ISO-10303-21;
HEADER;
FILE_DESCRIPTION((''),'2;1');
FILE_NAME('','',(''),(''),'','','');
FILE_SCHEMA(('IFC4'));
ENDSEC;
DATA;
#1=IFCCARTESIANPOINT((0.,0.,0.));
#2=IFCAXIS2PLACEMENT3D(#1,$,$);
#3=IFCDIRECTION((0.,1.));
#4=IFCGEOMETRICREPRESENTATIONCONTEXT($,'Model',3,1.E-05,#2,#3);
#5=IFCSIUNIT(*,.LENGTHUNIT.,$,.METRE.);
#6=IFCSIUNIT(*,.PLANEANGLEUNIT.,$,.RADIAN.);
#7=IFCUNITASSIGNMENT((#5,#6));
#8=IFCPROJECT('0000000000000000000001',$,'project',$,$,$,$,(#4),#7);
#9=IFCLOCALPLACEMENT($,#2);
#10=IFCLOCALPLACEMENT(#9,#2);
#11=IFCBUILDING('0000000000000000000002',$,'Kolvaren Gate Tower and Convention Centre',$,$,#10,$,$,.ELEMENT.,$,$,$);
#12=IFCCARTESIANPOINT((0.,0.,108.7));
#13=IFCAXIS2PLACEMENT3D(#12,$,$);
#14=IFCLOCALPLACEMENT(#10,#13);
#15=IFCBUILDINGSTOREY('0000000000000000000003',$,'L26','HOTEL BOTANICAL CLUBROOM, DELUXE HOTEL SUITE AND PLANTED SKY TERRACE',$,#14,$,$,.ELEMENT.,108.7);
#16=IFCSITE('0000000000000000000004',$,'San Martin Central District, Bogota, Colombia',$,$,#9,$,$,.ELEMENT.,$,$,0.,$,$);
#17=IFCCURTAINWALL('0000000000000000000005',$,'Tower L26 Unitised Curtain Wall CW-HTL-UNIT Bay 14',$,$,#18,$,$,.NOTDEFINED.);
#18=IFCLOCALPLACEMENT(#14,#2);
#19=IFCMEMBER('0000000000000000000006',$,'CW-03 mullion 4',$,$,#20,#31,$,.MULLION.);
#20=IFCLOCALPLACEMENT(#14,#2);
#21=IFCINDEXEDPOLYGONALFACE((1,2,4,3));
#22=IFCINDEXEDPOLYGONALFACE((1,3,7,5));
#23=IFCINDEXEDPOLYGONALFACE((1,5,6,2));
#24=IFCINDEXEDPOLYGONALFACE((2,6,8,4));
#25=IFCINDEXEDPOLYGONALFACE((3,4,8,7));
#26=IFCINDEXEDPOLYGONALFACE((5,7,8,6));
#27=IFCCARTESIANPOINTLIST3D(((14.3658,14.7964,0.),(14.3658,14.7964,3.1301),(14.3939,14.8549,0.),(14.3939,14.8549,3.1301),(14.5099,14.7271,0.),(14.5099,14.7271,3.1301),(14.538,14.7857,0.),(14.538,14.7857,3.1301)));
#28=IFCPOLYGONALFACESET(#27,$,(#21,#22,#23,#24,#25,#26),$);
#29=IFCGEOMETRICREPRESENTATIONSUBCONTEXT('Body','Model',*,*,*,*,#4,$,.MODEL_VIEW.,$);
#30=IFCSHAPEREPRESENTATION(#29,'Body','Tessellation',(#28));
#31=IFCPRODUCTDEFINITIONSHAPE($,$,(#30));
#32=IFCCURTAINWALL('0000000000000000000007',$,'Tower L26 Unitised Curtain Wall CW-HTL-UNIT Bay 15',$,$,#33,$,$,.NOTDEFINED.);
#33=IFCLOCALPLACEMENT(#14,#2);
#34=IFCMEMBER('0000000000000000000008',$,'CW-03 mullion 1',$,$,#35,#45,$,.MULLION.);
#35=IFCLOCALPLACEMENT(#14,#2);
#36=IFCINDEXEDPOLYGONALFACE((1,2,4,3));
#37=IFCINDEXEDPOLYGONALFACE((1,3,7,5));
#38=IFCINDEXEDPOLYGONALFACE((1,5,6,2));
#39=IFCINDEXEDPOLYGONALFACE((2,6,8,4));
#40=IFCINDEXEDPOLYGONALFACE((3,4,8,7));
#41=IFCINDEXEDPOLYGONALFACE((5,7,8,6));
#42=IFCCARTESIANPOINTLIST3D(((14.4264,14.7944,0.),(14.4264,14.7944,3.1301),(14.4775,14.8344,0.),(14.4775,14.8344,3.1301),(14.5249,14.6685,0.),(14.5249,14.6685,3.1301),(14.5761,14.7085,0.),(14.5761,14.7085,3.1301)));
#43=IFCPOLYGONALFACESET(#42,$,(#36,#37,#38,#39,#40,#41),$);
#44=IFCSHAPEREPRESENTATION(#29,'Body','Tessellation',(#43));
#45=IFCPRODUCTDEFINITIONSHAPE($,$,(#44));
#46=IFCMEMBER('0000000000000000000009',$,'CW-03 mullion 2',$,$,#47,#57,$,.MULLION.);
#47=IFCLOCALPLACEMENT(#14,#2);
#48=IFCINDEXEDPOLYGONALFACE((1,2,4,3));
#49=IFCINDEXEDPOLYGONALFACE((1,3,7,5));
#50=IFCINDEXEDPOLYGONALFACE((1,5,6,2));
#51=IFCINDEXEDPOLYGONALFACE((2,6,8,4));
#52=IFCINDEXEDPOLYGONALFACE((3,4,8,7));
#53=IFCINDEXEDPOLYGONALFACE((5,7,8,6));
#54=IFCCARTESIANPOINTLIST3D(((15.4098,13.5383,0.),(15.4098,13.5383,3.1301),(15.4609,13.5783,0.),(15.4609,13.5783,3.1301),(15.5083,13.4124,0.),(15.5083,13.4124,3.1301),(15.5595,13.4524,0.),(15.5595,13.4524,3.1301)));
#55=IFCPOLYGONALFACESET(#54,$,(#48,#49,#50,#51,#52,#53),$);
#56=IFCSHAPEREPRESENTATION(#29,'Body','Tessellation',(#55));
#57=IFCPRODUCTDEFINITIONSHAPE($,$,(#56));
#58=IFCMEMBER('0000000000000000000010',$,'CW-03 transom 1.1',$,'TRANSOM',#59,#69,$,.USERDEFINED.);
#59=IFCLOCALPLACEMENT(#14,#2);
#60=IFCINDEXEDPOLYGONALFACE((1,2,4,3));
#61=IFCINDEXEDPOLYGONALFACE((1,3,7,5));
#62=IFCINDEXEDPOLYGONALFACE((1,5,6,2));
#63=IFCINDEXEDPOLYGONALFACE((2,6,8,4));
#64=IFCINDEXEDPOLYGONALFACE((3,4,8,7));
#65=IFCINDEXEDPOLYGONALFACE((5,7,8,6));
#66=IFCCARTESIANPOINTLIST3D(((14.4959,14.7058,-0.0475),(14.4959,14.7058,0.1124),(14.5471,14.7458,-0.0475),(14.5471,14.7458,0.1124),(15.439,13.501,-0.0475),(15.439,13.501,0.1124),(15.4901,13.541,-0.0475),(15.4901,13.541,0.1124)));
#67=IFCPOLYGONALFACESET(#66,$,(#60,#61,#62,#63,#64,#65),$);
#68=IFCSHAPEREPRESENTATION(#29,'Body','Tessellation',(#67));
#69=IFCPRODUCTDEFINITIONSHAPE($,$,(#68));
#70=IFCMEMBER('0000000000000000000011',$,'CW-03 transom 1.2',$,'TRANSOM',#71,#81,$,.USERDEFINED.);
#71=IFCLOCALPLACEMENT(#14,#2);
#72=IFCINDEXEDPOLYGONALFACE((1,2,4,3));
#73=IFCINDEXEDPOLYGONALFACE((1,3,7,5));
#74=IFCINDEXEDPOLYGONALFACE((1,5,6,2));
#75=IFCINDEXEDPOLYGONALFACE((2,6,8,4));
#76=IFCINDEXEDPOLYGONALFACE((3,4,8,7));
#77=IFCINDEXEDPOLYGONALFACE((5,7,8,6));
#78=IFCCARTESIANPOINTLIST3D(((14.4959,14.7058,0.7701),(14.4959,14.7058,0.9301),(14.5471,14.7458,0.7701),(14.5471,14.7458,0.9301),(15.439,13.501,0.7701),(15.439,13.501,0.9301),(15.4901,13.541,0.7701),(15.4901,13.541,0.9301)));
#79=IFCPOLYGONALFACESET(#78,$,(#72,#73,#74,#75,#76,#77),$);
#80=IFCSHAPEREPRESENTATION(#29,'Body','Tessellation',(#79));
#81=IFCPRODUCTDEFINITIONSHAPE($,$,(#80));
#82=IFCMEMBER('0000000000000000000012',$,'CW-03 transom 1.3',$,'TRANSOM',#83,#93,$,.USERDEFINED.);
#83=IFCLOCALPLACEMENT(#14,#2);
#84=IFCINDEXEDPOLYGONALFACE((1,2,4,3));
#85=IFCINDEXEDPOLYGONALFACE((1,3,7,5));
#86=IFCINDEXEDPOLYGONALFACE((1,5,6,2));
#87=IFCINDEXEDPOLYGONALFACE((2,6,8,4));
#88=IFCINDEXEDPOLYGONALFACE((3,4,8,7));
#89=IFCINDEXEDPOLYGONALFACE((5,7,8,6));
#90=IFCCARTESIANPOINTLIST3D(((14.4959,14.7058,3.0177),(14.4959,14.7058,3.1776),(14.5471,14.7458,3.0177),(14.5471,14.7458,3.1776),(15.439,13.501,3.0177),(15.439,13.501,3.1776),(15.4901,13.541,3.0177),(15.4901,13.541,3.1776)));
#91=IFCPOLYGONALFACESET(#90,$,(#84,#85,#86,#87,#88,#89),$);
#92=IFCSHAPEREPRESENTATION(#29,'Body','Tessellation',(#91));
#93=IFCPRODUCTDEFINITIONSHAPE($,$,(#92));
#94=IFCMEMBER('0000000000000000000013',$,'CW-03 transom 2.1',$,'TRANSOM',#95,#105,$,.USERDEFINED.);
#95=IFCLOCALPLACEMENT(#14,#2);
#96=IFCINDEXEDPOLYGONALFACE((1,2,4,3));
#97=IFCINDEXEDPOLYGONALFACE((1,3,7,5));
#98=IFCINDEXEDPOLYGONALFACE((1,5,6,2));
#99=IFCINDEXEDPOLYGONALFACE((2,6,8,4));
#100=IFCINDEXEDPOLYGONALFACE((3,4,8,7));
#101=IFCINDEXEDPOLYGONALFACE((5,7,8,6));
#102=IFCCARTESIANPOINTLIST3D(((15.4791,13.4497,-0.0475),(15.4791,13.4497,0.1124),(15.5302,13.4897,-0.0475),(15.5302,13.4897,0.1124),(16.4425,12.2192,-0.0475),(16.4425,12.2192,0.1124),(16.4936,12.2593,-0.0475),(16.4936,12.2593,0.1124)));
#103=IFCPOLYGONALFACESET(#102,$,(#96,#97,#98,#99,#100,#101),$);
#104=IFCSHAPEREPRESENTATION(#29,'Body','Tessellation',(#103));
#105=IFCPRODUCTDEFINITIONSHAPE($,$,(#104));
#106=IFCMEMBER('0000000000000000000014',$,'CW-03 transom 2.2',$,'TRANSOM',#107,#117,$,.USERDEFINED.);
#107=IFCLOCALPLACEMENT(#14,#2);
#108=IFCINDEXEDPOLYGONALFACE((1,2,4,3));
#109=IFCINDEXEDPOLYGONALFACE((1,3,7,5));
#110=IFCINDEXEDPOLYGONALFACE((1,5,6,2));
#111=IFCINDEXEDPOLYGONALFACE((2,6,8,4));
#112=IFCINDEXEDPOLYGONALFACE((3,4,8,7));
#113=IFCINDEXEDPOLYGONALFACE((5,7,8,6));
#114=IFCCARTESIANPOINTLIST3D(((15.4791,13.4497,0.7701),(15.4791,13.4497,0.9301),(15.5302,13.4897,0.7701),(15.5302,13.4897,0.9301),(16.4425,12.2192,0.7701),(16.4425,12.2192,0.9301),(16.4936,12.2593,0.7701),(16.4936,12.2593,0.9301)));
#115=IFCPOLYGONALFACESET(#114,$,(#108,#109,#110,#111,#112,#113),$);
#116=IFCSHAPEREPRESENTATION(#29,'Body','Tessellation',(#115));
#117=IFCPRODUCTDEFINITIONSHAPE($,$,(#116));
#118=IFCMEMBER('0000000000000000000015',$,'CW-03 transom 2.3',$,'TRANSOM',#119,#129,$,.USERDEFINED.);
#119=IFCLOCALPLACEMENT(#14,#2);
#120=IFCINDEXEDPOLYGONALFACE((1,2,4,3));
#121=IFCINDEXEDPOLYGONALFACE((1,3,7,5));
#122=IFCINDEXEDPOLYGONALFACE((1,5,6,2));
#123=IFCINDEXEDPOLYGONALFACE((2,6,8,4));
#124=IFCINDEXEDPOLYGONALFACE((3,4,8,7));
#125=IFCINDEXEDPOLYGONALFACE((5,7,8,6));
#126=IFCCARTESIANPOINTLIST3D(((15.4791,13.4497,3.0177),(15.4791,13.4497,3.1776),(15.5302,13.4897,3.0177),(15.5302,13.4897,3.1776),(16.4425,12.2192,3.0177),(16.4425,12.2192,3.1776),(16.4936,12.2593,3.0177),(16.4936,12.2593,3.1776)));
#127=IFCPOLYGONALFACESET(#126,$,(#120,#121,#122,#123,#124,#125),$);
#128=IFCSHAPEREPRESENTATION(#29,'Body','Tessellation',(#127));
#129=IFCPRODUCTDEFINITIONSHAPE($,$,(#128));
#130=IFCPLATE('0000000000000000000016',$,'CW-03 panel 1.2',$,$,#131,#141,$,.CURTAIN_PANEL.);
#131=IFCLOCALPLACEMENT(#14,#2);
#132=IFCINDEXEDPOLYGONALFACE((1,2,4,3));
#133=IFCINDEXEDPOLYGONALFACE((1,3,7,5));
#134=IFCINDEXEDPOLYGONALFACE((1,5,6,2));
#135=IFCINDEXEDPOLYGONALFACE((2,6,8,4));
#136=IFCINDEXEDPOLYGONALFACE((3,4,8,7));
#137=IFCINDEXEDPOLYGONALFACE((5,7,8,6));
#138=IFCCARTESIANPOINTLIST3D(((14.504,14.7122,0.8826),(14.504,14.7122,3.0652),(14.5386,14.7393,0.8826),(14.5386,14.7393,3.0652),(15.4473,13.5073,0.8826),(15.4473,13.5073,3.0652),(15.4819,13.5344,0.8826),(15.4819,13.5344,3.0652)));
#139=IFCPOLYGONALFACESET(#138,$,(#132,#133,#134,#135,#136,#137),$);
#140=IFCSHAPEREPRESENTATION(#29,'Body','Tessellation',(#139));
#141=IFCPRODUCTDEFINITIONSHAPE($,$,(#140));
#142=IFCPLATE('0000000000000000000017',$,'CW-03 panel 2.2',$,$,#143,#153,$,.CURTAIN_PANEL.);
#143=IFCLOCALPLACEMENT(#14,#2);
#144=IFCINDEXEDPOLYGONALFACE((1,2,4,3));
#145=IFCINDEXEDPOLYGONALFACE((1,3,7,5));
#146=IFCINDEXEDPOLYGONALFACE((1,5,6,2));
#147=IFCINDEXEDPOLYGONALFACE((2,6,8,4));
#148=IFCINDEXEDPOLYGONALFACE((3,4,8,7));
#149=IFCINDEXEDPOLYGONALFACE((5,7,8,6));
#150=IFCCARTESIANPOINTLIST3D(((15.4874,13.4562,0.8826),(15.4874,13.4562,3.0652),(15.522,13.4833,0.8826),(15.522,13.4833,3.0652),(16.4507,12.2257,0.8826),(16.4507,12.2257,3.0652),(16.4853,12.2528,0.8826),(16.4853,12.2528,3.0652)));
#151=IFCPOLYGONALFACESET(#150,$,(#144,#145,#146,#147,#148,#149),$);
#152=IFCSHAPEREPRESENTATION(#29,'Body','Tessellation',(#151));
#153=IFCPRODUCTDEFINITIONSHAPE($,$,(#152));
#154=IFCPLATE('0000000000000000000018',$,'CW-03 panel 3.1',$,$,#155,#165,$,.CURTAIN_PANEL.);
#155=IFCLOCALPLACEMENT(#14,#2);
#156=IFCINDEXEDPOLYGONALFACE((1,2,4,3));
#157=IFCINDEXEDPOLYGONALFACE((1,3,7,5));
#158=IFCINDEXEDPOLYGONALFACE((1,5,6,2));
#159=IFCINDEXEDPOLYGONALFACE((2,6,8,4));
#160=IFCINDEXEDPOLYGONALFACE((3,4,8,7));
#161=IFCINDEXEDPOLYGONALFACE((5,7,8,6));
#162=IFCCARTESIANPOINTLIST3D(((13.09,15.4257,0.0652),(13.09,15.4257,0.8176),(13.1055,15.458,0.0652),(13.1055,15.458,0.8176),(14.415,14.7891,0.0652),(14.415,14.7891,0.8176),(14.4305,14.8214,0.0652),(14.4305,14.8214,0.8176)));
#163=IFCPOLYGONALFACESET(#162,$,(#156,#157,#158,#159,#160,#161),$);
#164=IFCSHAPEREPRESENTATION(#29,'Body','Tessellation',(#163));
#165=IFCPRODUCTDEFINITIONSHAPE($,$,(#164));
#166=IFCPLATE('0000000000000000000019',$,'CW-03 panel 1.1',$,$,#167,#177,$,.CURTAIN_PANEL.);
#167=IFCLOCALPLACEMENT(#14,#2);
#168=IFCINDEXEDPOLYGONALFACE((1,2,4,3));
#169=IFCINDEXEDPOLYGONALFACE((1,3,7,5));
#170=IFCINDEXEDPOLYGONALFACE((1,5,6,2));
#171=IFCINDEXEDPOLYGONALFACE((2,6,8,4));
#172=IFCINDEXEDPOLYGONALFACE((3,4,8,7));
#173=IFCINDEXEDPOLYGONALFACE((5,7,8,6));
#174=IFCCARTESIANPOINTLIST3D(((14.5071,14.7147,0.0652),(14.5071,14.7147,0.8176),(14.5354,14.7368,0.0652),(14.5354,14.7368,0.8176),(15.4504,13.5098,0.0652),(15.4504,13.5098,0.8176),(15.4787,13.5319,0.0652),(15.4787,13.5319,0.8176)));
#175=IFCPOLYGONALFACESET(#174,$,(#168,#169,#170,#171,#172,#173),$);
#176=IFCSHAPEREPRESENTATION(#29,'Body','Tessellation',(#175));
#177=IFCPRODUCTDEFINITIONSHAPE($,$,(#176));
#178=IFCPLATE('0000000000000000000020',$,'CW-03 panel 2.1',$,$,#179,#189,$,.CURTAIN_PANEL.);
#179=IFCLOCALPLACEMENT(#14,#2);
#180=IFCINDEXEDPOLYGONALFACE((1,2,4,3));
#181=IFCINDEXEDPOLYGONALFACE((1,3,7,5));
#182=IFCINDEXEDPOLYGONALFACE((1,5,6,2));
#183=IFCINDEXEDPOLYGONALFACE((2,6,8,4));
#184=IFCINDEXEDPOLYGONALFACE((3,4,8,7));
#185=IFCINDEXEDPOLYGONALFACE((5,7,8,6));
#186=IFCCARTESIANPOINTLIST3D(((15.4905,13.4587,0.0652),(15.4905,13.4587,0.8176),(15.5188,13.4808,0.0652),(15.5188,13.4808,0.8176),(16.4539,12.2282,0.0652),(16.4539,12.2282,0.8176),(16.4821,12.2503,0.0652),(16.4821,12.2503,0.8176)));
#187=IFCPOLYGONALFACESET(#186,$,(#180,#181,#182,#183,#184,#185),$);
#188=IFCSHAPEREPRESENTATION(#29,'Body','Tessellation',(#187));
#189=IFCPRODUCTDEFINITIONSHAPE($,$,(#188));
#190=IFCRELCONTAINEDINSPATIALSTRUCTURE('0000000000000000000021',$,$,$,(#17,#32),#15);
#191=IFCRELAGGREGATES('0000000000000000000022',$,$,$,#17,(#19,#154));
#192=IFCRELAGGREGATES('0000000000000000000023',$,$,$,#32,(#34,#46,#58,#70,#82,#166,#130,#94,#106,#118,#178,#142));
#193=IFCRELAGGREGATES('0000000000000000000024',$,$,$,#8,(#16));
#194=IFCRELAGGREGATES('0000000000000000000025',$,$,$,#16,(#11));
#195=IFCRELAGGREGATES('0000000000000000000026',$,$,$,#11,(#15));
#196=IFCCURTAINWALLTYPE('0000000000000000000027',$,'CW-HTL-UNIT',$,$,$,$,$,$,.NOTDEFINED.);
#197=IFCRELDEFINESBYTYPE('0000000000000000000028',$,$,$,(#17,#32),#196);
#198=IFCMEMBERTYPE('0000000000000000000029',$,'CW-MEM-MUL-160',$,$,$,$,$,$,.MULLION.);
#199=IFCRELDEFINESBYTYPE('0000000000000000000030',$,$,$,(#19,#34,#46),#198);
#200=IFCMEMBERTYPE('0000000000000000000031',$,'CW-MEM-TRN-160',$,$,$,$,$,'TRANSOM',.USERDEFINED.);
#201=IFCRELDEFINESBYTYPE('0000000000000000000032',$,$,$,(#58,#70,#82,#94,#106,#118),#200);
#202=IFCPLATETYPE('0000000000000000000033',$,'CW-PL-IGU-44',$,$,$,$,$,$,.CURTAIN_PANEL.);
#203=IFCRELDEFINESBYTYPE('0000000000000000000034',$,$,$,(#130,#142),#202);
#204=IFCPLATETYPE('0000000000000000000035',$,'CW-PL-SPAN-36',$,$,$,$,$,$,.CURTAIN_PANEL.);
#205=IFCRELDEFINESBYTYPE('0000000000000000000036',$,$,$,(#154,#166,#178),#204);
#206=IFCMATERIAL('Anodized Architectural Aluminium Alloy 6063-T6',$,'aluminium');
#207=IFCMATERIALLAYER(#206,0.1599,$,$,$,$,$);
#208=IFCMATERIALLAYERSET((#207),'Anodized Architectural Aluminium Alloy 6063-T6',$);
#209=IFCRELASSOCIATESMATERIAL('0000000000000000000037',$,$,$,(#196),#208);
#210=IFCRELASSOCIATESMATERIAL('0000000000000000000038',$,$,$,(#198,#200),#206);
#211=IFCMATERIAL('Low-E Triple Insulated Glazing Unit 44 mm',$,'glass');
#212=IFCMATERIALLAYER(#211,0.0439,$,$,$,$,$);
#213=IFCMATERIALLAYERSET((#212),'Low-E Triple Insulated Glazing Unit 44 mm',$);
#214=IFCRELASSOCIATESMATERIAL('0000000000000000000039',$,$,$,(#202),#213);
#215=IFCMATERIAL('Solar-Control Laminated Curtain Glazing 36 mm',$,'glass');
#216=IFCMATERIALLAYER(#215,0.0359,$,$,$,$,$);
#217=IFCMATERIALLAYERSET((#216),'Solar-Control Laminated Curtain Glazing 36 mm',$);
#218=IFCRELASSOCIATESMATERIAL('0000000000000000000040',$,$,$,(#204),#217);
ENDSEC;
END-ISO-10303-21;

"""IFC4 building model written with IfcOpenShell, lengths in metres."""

from ifc_helpers import new_model, si_unit, direction, frame, origin, origin_2d, place, context, subcontext, project, spatial, rectangle, extrude, material, layer, layer_set, material_profile, profile_set, type_object, element, aggregate, save


model = new_model("IFC4")

# Units and contexts
model_context = context("Model", 3, precision=1e-05, world=origin(), true_north=direction((0.0, 1.0)))
body_context = subcontext(model_context, "Body", "Model", "MODEL_VIEW")
ifc_project = project(units=[si_unit("LENGTHUNIT", "METRE"), si_unit("PLANEANGLEUNIT", "RADIAN")], contexts=[model_context])

# Site, building, storey
site_placement = place(None, origin())
site = spatial("IfcSite", under=ifc_project, at=site_placement, Name="San Martin Central District, Bogota, Colombia", CompositionType="ELEMENT", RefElevation=0.0)
building_placement = place(site_placement, origin())
building = spatial("IfcBuilding", under=site, at=building_placement, Name="Kolvaren Gate Tower and Convention Centre", CompositionType="ELEMENT")
storey_placement = place(building_placement, frame((0.0, 0.0, 108.7)))
storey = spatial("IfcBuildingStorey", under=building, at=storey_placement, Name="L26", Description="HOTEL BOTANICAL CLUBROOM, DELUXE HOTEL SUITE AND PLANTED SKY TERRACE", CompositionType="ELEMENT", Elevation=108.7)

# Curtain wall, member
ifc_material_1 = material(Name="Anodized Architectural Aluminium Alloy 6063-T6", Category="aluminium")
ifc_layer_1 = layer(ifc_material_1, 0.1599)
ifc_layer_set_1 = layer_set([ifc_layer_1], Name="Anodized Architectural Aluminium Alloy 6063-T6")
curtain_wall_type = type_object("IfcCurtainWallType", Name="CW-HTL-UNIT", PredefinedType="NOTDEFINED", material=ifc_layer_set_1)
curtain_wall_1_placement = place(storey_placement, origin())
curtain_wall_1 = element("IfcCurtainWall", 1, at=curtain_wall_1_placement, inside=storey, type_object=curtain_wall_type, Name="Tower L26 Unitised Curtain Wall CW-HTL-UNIT Bay 14", PredefinedType="NOTDEFINED")
ifc_material_profile_1 = material_profile(ifc_material_1, rectangle(XDim=0.0649, YDim=0.1599, at=origin_2d()), Name="CW-MEM-MUL-160")
ifc_profile_set_1 = profile_set([ifc_material_profile_1], Name="Anodized Architectural Aluminium Alloy 6063-T6")
member_type_1 = type_object("IfcMemberType", Name="CW-MEM-MUL-160", PredefinedType="MULLION", material=ifc_profile_set_1)
member_1_placement = place(storey_placement, frame((14.4519, 14.791, 0.0), z_axis=(0.0, 0.0, 1.0), x_axis=(0.433073, 0.901359, 0.0)))
member_1 = element("IfcMember", 2, at=member_1_placement, type_object=member_type_1, Name="CW-03 mullion 4", PredefinedType="MULLION", context=body_context, shape_type="SweptSolid", body=[
    extrude(rectangle(XDim=0.0649, YDim=0.1599, at=origin_2d()), origin(), (0.0, 0.0, 1.0), 3.1301),
])

# Curtain wall, members, plates
curtain_wall_2_placement = place(storey_placement, origin())
curtain_wall_2 = element("IfcCurtainWall", 3, at=curtain_wall_2_placement, inside=storey, type_object=curtain_wall_type, Name="Tower L26 Unitised Curtain Wall CW-HTL-UNIT Bay 15", PredefinedType="NOTDEFINED")
member_2_placement = place(storey_placement, frame((14.5012, 14.7515, 0.0), z_axis=(0.0, 0.0, 1.0), x_axis=(0.787411, 0.616429, 0.0)))
member_2 = element("IfcMember", 4, at=member_2_placement, type_object=member_type_1, Name="CW-03 mullion 1", PredefinedType="MULLION", context=body_context, shape_type="SweptSolid", body=[
    extrude(rectangle(XDim=0.0649, YDim=0.1599, at=origin_2d()), origin(), (0.0, 0.0, 1.0), 3.1301),
])
member_3_placement = place(storey_placement, frame((15.4846, 13.4954, 0.0), z_axis=(0.0, 0.0, 1.0), x_axis=(0.787411, 0.616429, 0.0)))
member_3 = element("IfcMember", 5, at=member_3_placement, type_object=member_type_1, Name="CW-03 mullion 2", PredefinedType="MULLION", context=body_context, shape_type="SweptSolid", body=[
    extrude(rectangle(XDim=0.0649, YDim=0.1599, at=origin_2d()), origin(), (0.0, 0.0, 1.0), 3.1301),
])
ifc_material_profile_2 = material_profile(ifc_material_1, rectangle(XDim=0.0649, YDim=0.1599, at=origin_2d()), Name="CW-MEM-TRN-160")
ifc_profile_set_2 = profile_set([ifc_material_profile_2], Name="Anodized Architectural Aluminium Alloy 6063-T6")
member_type_2 = type_object("IfcMemberType", Name="CW-MEM-TRN-160", ElementType="TRANSOM", PredefinedType="USERDEFINED", material=ifc_profile_set_2)
member_4_placement = place(storey_placement, frame((14.5215, 14.7258, 0.0325), z_axis=(0.61639, -0.787441, 0.0), x_axis=(0.787441, 0.61639, 0.0)))
member_4 = element("IfcMember", 6, at=member_4_placement, type_object=member_type_2, Name="CW-03 transom 1.1", ObjectType="TRANSOM", PredefinedType="USERDEFINED", context=body_context, shape_type="SweptSolid", body=[
    extrude(rectangle(XDim=0.0649, YDim=0.1599, at=origin_2d()), origin(), (0.0, 0.0, 1.0), 1.53),
])
member_5_placement = place(storey_placement, frame((14.5215, 14.7258, 0.8501), z_axis=(0.61639, -0.787441, 0.0), x_axis=(0.787441, 0.61639, 0.0)))
member_5 = element("IfcMember", 7, at=member_5_placement, type_object=member_type_2, Name="CW-03 transom 1.2", ObjectType="TRANSOM", PredefinedType="USERDEFINED", context=body_context, shape_type="SweptSolid", body=[
    extrude(rectangle(XDim=0.0649, YDim=0.1599, at=origin_2d()), origin(), (0.0, 0.0, 1.0), 1.53),
])
member_6_placement = place(storey_placement, frame((14.5215, 14.7258, 3.0977), z_axis=(0.61639, -0.787441, 0.0), x_axis=(0.787441, 0.61639, 0.0)))
member_6 = element("IfcMember", 8, at=member_6_placement, type_object=member_type_2, Name="CW-03 transom 1.3", ObjectType="TRANSOM", PredefinedType="USERDEFINED", context=body_context, shape_type="SweptSolid", body=[
    extrude(rectangle(XDim=0.0649, YDim=0.1599, at=origin_2d()), origin(), (0.0, 0.0, 1.0), 1.53),
])
member_7_placement = place(storey_placement, frame((15.5046, 13.4697, 0.0325), z_axis=(0.616468, -0.78738, 0.0), x_axis=(0.78738, 0.616468, 0.0)))
member_7 = element("IfcMember", 9, at=member_7_placement, type_object=member_type_2, Name="CW-03 transom 2.1", ObjectType="TRANSOM", PredefinedType="USERDEFINED", context=body_context, shape_type="SweptSolid", body=[
    extrude(rectangle(XDim=0.0649, YDim=0.1599, at=origin_2d()), origin(), (0.0, 0.0, 1.0), 1.5627),
])
member_8_placement = place(storey_placement, frame((15.5046, 13.4697, 0.8501), z_axis=(0.616468, -0.78738, 0.0), x_axis=(0.78738, 0.616468, 0.0)))
member_8 = element("IfcMember", 10, at=member_8_placement, type_object=member_type_2, Name="CW-03 transom 2.2", ObjectType="TRANSOM", PredefinedType="USERDEFINED", context=body_context, shape_type="SweptSolid", body=[
    extrude(rectangle(XDim=0.0649, YDim=0.1599, at=origin_2d()), origin(), (0.0, 0.0, 1.0), 1.5627),
])
member_9_placement = place(storey_placement, frame((15.5046, 13.4697, 3.0977), z_axis=(0.616468, -0.78738, 0.0), x_axis=(0.78738, 0.616468, 0.0)))
member_9 = element("IfcMember", 11, at=member_9_placement, type_object=member_type_2, Name="CW-03 transom 2.3", ObjectType="TRANSOM", PredefinedType="USERDEFINED", context=body_context, shape_type="SweptSolid", body=[
    extrude(rectangle(XDim=0.0649, YDim=0.1599, at=origin_2d()), origin(), (0.0, 0.0, 1.0), 1.5627),
])
ifc_material_2 = material(Name="Low-E Triple Insulated Glazing Unit 44 mm", Category="glass")
ifc_layer_2 = layer(ifc_material_2, 0.0439)
ifc_layer_set_2 = layer_set([ifc_layer_2], Name="Low-E Triple Insulated Glazing Unit 44 mm")
plate_type_1 = type_object("IfcPlateType", Name="CW-PL-IGU-44", PredefinedType="CURTAIN_PANEL", material=ifc_layer_set_2)
plate_1_placement = place(storey_placement, frame((14.9929, 14.1233, 0.8826), z_axis=(0.0, 0.0, 1.0), x_axis=(0.616429, -0.787411, 0.0)))
plate_1 = element("IfcPlate", 12, at=plate_1_placement, type_object=plate_type_1, Name="CW-03 panel 1.2", PredefinedType="CURTAIN_PANEL", context=body_context, shape_type="SweptSolid", body=[
    extrude(rectangle(XDim=1.5303, YDim=0.0439, at=origin_2d()), origin(), (0.0, 0.0, 1.0), 2.1826),
])
plate_2_placement = place(storey_placement, frame((15.9863, 12.8545, 0.8826), z_axis=(0.0, 0.0, 1.0), x_axis=(0.616429, -0.787411, 0.0)))
plate_2 = element("IfcPlate", 13, at=plate_2_placement, type_object=plate_type_1, Name="CW-03 panel 2.2", PredefinedType="CURTAIN_PANEL", context=body_context, shape_type="SweptSolid", body=[
    extrude(rectangle(XDim=1.5627, YDim=0.0439, at=origin_2d()), origin(), (0.0, 0.0, 1.0), 2.1826),
])

# Plates
ifc_material_3 = material(Name="Solar-Control Laminated Curtain Glazing 36 mm", Category="glass")
ifc_layer_3 = layer(ifc_material_3, 0.0359)
ifc_layer_set_3 = layer_set([ifc_layer_3], Name="Solar-Control Laminated Curtain Glazing 36 mm")
plate_type_2 = type_object("IfcPlateType", Name="CW-PL-SPAN-36", PredefinedType="CURTAIN_PANEL", material=ifc_layer_set_3)
plate_3_placement = place(storey_placement, frame((13.7603, 15.1235, 0.0652), z_axis=(0.0, 0.0, 1.0), x_axis=(0.901359, -0.433073, 0.0)))
plate_3 = element("IfcPlate", 14, at=plate_3_placement, type_object=plate_type_2, Name="CW-03 panel 3.1", PredefinedType="CURTAIN_PANEL", context=body_context, shape_type="SweptSolid", body=[
    extrude(rectangle(XDim=1.47, YDim=0.0359, at=origin_2d()), origin(), (0.0, 0.0, 1.0), 0.7524),
])
aggregate(curtain_wall_1, [member_1, plate_3])
plate_4_placement = place(storey_placement, frame((14.9929, 14.1233, 0.0652), z_axis=(0.0, 0.0, 1.0), x_axis=(0.616429, -0.787411, 0.0)))
plate_4 = element("IfcPlate", 15, at=plate_4_placement, type_object=plate_type_2, Name="CW-03 panel 1.1", PredefinedType="CURTAIN_PANEL", context=body_context, shape_type="SweptSolid", body=[
    extrude(rectangle(XDim=1.5303, YDim=0.0359, at=origin_2d()), origin(), (0.0, 0.0, 1.0), 0.7524),
])
plate_5_placement = place(storey_placement, frame((15.9863, 12.8545, 0.0652), z_axis=(0.0, 0.0, 1.0), x_axis=(0.616429, -0.787411, 0.0)))
plate_5 = element("IfcPlate", 16, at=plate_5_placement, type_object=plate_type_2, Name="CW-03 panel 2.1", PredefinedType="CURTAIN_PANEL", context=body_context, shape_type="SweptSolid", body=[
    extrude(rectangle(XDim=1.5627, YDim=0.0359, at=origin_2d()), origin(), (0.0, 0.0, 1.0), 0.7524),
])
aggregate(curtain_wall_2, [member_2, member_3, member_4, member_5, member_6, plate_4, plate_1, member_7, member_8, member_9, plate_5, plate_2])

save(model, "model.ifc")
